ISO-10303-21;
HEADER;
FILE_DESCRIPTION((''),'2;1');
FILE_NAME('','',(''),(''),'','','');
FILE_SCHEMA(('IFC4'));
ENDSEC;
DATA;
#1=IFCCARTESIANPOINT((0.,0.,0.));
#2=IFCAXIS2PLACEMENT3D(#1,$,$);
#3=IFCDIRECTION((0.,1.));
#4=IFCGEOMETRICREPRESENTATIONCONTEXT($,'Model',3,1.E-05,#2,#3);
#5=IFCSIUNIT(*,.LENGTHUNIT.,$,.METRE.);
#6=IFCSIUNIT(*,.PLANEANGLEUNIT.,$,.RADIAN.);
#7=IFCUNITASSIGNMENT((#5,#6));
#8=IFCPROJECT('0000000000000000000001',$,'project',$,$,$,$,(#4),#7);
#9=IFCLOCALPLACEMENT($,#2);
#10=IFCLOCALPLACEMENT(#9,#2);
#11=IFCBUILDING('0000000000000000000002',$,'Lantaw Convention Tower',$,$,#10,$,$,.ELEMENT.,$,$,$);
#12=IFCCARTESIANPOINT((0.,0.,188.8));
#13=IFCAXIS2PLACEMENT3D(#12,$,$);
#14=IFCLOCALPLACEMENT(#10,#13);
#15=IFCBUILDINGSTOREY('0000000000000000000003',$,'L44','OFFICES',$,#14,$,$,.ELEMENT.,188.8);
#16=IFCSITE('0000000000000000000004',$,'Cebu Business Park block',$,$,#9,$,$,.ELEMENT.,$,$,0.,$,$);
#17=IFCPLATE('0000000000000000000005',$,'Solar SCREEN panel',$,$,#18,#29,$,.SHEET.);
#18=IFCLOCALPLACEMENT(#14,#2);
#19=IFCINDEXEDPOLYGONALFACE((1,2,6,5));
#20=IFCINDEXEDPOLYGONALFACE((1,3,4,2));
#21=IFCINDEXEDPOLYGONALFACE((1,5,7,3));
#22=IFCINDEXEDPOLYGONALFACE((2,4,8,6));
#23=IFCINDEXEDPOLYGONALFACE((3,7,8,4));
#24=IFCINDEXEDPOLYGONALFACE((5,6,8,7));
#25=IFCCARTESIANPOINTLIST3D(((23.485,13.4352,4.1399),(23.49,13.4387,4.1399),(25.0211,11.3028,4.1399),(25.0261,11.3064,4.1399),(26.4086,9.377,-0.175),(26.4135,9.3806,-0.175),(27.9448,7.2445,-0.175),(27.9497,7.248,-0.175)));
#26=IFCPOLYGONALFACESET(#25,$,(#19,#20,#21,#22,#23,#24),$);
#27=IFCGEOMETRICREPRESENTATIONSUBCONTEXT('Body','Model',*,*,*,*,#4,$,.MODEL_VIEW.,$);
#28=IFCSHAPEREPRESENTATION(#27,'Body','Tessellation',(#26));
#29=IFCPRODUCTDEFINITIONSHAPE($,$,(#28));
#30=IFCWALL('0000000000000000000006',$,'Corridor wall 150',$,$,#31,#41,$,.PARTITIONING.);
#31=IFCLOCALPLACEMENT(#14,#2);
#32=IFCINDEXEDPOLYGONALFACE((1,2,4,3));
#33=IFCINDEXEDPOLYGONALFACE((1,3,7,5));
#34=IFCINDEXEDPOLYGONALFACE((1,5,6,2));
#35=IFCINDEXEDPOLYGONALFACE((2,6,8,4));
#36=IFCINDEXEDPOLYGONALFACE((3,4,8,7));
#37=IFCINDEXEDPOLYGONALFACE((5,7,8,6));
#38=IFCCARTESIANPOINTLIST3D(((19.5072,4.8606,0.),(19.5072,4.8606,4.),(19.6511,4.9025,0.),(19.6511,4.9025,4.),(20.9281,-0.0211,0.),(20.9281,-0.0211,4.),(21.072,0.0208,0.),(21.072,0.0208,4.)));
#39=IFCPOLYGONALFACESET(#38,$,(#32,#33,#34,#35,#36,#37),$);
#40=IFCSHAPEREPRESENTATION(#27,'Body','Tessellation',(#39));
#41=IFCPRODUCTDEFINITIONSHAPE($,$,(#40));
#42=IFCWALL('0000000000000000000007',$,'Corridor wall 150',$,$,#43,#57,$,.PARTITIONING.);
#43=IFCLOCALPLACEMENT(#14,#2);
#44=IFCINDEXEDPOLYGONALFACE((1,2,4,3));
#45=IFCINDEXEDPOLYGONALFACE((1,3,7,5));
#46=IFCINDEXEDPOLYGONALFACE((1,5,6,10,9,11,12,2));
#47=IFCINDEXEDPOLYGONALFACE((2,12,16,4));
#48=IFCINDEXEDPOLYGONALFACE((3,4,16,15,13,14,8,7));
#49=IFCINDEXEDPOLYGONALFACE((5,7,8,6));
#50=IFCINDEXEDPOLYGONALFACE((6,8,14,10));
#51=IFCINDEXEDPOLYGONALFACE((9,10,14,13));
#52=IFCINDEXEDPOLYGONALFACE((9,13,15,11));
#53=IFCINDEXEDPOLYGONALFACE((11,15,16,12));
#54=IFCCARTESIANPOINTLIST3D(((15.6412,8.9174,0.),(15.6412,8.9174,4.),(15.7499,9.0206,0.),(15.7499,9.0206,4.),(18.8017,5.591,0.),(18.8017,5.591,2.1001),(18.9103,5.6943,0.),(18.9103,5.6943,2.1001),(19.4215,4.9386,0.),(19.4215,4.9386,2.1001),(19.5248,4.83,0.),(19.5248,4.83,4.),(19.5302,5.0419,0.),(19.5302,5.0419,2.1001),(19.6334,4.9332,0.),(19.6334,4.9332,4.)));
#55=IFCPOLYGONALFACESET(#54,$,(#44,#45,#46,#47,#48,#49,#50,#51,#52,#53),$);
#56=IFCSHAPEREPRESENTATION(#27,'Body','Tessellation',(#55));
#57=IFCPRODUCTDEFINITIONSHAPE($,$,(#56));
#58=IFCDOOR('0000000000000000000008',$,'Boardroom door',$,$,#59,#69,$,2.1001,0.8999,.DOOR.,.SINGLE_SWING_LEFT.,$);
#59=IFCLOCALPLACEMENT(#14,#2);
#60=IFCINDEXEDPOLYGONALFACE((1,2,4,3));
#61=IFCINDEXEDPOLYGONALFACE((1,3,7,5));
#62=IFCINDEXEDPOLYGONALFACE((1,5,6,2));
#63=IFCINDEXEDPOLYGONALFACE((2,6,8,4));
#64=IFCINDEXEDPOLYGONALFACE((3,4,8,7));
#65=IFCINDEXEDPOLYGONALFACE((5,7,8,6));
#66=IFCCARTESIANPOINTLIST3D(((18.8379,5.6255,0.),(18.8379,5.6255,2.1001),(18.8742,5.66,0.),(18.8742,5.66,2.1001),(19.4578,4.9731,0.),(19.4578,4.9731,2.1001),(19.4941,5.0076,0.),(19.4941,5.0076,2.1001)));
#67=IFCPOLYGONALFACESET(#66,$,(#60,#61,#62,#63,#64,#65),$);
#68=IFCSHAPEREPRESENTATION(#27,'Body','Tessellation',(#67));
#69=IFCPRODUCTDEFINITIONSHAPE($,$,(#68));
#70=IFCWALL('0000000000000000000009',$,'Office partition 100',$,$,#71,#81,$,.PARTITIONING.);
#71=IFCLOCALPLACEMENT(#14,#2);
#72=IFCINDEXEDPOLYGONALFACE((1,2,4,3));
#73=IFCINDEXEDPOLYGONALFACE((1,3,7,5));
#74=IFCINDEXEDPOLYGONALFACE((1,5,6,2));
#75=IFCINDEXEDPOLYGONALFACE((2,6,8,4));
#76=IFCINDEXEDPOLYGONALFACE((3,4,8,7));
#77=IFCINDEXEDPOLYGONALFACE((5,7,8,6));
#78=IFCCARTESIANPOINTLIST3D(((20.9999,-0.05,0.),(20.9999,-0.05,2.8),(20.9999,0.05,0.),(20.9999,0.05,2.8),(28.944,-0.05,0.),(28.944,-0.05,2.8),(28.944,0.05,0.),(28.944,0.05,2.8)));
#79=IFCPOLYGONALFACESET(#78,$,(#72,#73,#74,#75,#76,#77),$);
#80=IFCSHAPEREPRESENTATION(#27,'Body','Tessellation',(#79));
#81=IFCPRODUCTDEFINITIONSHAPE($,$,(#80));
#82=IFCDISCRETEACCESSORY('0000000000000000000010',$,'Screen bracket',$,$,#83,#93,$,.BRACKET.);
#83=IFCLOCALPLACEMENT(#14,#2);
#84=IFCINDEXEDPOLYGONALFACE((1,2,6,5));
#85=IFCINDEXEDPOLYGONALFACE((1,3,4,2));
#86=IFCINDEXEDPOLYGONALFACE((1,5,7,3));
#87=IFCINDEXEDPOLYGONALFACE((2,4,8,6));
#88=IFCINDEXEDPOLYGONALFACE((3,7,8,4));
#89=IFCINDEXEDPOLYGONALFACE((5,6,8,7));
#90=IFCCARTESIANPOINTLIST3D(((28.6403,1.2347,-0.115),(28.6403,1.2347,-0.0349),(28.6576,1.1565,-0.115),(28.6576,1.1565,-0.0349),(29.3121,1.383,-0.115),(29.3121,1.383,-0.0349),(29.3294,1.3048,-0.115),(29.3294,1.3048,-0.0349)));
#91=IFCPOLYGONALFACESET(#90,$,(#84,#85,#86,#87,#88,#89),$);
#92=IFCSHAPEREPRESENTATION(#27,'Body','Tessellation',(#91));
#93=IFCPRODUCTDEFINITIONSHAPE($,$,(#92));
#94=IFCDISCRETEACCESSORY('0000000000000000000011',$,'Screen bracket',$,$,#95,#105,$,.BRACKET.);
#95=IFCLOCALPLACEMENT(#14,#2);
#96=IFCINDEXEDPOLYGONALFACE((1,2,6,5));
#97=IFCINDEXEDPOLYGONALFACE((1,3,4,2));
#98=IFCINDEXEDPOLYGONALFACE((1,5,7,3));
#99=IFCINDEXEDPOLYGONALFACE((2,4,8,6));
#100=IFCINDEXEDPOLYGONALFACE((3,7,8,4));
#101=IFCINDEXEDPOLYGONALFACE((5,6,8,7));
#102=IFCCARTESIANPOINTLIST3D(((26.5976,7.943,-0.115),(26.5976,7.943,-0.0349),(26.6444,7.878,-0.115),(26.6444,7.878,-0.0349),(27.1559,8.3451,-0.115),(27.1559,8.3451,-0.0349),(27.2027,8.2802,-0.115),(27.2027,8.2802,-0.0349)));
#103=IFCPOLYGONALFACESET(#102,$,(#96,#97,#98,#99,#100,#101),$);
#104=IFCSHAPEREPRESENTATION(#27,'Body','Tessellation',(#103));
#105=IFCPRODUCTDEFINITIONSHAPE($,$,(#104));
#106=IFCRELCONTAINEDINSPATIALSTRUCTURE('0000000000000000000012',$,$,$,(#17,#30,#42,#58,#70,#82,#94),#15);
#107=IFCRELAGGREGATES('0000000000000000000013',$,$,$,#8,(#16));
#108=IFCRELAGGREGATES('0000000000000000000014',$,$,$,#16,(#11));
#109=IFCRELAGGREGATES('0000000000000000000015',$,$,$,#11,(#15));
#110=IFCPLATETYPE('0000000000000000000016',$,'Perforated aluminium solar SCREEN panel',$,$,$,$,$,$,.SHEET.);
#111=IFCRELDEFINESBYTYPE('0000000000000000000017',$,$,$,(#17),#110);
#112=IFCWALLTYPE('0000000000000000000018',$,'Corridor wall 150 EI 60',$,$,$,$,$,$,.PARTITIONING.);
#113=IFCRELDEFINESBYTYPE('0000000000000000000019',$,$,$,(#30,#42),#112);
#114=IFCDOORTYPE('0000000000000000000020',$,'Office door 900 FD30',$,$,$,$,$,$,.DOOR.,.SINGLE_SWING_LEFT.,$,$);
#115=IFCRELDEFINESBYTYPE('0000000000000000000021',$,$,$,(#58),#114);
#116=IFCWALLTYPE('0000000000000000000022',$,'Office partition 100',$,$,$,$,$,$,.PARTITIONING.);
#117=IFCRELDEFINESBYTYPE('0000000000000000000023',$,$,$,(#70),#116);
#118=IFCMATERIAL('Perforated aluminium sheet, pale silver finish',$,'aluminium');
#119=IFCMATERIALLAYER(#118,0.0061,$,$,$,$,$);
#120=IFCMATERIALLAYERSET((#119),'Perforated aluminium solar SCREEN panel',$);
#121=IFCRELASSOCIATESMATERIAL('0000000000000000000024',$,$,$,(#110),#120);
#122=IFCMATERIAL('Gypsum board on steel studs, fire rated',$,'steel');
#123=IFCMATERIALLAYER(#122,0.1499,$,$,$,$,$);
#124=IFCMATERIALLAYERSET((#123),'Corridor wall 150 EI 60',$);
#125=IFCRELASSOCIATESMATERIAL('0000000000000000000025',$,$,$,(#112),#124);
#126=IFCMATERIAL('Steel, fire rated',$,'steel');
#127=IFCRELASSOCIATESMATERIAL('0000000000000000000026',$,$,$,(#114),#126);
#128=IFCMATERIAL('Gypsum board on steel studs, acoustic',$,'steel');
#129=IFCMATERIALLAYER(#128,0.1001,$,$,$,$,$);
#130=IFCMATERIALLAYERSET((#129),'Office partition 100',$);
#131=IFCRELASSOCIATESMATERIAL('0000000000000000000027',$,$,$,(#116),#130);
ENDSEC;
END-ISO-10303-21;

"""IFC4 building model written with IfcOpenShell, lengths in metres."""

from ifc_helpers import new_model, si_unit, direction, frame, frame_2d, origin, origin_2d, place, context, subcontext, project, spatial, polyline, rectangle, outline, extrude, material, layer, layer_set, type_object, element, fill, save


model = new_model("IFC4")

# Units and contexts
model_context = context("Model", 3, precision=1e-05, world=origin(), true_north=direction((0.0, 1.0)))
body_context = subcontext(model_context, "Body", "Model", "MODEL_VIEW")
ifc_project = project(units=[si_unit("LENGTHUNIT", "METRE"), si_unit("PLANEANGLEUNIT", "RADIAN")], contexts=[model_context])

# Site, building, storey
site_placement = place(None, origin())
site = spatial("IfcSite", under=ifc_project, at=site_placement, Name="Cebu Business Park block", CompositionType="ELEMENT", RefElevation=0.0)
building_placement = place(site_placement, origin())
building = spatial("IfcBuilding", under=site, at=building_placement, Name="Lantaw Convention Tower", CompositionType="ELEMENT")
storey_placement = place(building_placement, frame((0.0, 0.0, 188.8)))
storey = spatial("IfcBuildingStorey", under=building, at=storey_placement, Name="L44", Description="OFFICES", CompositionType="ELEMENT", Elevation=188.8)

# Plate
ifc_material_1 = material(Name="Perforated aluminium sheet, pale silver finish", Category="aluminium")
ifc_layer_1 = layer(ifc_material_1, 0.0061)
ifc_layer_set_1 = layer_set([ifc_layer_1], Name="Perforated aluminium solar SCREEN panel")
plate_type_1 = type_object("IfcPlateType", Name="Perforated aluminium solar SCREEN panel", PredefinedType="SHEET", material=ifc_layer_set_1)
plate_1_placement = place(storey_placement, frame((27.9497, 7.248, -0.175), z_axis=(0.811395, 0.584498, 0.000036), x_axis=(-0.584498, 0.811395, 0.0)))
element("IfcPlate", 1, at=plate_1_placement, inside=storey, type_object=plate_type_1, Name="Solar SCREEN panel", PredefinedType="SHEET", context=body_context, shape_type="SweptSolid", body=[
    extrude(outline(polyline([(0.0, 0.0), (2.6282, 0.0), (7.6298, 4.3149), (5.0018, 4.3149), (0.0, 0.0)])), origin(), (0.0, 0.0, -1.0), 0.0061),
])

# Wall
ifc_material_2 = material(Name="Gypsum board on steel studs, fire rated", Category="steel")
ifc_layer_2 = layer(ifc_material_2, 0.1499)
ifc_layer_set_2 = layer_set([ifc_layer_2], Name="Corridor wall 150 EI 60")
wall_type_1 = type_object("IfcWallType", Name="Corridor wall 150 EI 60", PredefinedType="PARTITIONING", material=ifc_layer_set_2)
wall_1_placement = place(storey_placement, frame((21.0, 0.0, 0.0), z_axis=(0.0, 0.0, 1.0), x_axis=(-0.279474, 0.960153, 0.0)))
element("IfcWall", 2, at=wall_1_placement, inside=storey, type_object=wall_type_1, Name="Corridor wall 150", PredefinedType="PARTITIONING", context=body_context, shape_type="SweptSolid", body=[
    extrude(rectangle(XDim=5.0842, YDim=0.1499, at=frame_2d((2.542, 0.0))), origin(), (0.0, 0.0, 1.0), 4.0),
])

# Wall, opening, door
wall_2_placement = place(storey_placement, frame((19.5791, 4.8816, 0.0), z_axis=(0.0, 0.0, 1.0), x_axis=(-0.688797, 0.724954, 0.0)))
wall_2 = element("IfcWall", 3, at=wall_2_placement, inside=storey, type_object=wall_type_1, Name="Corridor wall 150", PredefinedType="PARTITIONING", context=body_context, shape_type="SweptSolid", body=[
    extrude(rectangle(XDim=5.6382, YDim=0.1499, at=frame_2d((2.8191, 0.0))), origin(), (0.0, 0.0, 1.0), 4.0),
])
opening_placement = place(wall_2_placement, frame((0.1499, 0.0, 0.0)))
opening = element("IfcOpeningElement", 4, at=opening_placement, cuts=wall_2, PredefinedType="OPENING", context=body_context, shape_type="SweptSolid", body=[
    extrude(rectangle(XDim=0.8999, YDim=2.1001, at=frame_2d((0.45, 1.05))), frame((0.0, 0.085, 0.0), z_axis=(0.0, -1.0, 0.0), x_axis=(1.0, 0.0, 0.0)), (0.0, 0.0, 1.0), 0.1699),
])
ifc_material_3 = material(Name="Steel, fire rated", Category="steel")
door_type = type_object("IfcDoorType", Name="Office door 900 FD30", OperationType="SINGLE_SWING_LEFT", PredefinedType="DOOR", material=ifc_material_3)
door_placement = place(opening_placement, origin())
door = element("IfcDoor", 5, at=door_placement, inside=storey, type_object=door_type, Name="Boardroom door", OperationType="SINGLE_SWING_LEFT", OverallHeight=2.1001, OverallWidth=0.8999, PredefinedType="DOOR", context=body_context, shape_type="SweptSolid", body=[
    extrude(rectangle(XDim=0.8999, YDim=2.1001, at=frame_2d((0.45, 1.05))), frame((0.0, 0.0249, 0.0), z_axis=(0.0, -1.0, 0.0), x_axis=(1.0, 0.0, 0.0)), (0.0, 0.0, 1.0), 0.05),
])
fill(opening, door)

# Wall
ifc_material_4 = material(Name="Gypsum board on steel studs, acoustic", Category="steel")
ifc_layer_3 = layer(ifc_material_4, 0.1001)
ifc_layer_set_3 = layer_set([ifc_layer_3], Name="Office partition 100")
wall_type_2 = type_object("IfcWallType", Name="Office partition 100", PredefinedType="PARTITIONING", material=ifc_layer_set_3)
wall_3_placement = place(storey_placement, frame((28.9441, 0.0, 0.0), z_axis=(0.0, 0.0, 1.0), x_axis=(-1.0, 0.0, 0.0)))
element("IfcWall", 6, at=wall_3_placement, inside=storey, type_object=wall_type_2, Name="Office partition 100", PredefinedType="PARTITIONING", context=body_context, shape_type="SweptSolid", body=[
    extrude(rectangle(XDim=7.9441, YDim=0.1001, at=frame_2d((3.9722, 0.0))), origin(), (0.0, 0.0, 1.0), 2.8),
])

# Discrete accessories
for number, where, z_axis, x_axis, name in (
    (7, (28.9849, 1.2698, -0.115), (0.0, 0.0, 1.0), (-0.215546, 0.976494, 0.0), "Screen bracket"),
    (8, (26.9001, 8.1116, -0.115), (0.0, 0.0, 1.0), (-0.584513, 0.811385, 0.0), "Screen bracket"),
):
    element("IfcDiscreteAccessory", number, at=place(storey_placement, frame(where, z_axis=z_axis, x_axis=x_axis)), inside=storey, Name=name, PredefinedType="BRACKET", context=body_context, shape_type="SweptSolid", body=[
        extrude(rectangle(XDim=0.0801, YDim=0.688, at=origin_2d()), origin(), (0.0, 0.0, 1.0), 0.0801),
    ])

save(model, "model.ifc")
